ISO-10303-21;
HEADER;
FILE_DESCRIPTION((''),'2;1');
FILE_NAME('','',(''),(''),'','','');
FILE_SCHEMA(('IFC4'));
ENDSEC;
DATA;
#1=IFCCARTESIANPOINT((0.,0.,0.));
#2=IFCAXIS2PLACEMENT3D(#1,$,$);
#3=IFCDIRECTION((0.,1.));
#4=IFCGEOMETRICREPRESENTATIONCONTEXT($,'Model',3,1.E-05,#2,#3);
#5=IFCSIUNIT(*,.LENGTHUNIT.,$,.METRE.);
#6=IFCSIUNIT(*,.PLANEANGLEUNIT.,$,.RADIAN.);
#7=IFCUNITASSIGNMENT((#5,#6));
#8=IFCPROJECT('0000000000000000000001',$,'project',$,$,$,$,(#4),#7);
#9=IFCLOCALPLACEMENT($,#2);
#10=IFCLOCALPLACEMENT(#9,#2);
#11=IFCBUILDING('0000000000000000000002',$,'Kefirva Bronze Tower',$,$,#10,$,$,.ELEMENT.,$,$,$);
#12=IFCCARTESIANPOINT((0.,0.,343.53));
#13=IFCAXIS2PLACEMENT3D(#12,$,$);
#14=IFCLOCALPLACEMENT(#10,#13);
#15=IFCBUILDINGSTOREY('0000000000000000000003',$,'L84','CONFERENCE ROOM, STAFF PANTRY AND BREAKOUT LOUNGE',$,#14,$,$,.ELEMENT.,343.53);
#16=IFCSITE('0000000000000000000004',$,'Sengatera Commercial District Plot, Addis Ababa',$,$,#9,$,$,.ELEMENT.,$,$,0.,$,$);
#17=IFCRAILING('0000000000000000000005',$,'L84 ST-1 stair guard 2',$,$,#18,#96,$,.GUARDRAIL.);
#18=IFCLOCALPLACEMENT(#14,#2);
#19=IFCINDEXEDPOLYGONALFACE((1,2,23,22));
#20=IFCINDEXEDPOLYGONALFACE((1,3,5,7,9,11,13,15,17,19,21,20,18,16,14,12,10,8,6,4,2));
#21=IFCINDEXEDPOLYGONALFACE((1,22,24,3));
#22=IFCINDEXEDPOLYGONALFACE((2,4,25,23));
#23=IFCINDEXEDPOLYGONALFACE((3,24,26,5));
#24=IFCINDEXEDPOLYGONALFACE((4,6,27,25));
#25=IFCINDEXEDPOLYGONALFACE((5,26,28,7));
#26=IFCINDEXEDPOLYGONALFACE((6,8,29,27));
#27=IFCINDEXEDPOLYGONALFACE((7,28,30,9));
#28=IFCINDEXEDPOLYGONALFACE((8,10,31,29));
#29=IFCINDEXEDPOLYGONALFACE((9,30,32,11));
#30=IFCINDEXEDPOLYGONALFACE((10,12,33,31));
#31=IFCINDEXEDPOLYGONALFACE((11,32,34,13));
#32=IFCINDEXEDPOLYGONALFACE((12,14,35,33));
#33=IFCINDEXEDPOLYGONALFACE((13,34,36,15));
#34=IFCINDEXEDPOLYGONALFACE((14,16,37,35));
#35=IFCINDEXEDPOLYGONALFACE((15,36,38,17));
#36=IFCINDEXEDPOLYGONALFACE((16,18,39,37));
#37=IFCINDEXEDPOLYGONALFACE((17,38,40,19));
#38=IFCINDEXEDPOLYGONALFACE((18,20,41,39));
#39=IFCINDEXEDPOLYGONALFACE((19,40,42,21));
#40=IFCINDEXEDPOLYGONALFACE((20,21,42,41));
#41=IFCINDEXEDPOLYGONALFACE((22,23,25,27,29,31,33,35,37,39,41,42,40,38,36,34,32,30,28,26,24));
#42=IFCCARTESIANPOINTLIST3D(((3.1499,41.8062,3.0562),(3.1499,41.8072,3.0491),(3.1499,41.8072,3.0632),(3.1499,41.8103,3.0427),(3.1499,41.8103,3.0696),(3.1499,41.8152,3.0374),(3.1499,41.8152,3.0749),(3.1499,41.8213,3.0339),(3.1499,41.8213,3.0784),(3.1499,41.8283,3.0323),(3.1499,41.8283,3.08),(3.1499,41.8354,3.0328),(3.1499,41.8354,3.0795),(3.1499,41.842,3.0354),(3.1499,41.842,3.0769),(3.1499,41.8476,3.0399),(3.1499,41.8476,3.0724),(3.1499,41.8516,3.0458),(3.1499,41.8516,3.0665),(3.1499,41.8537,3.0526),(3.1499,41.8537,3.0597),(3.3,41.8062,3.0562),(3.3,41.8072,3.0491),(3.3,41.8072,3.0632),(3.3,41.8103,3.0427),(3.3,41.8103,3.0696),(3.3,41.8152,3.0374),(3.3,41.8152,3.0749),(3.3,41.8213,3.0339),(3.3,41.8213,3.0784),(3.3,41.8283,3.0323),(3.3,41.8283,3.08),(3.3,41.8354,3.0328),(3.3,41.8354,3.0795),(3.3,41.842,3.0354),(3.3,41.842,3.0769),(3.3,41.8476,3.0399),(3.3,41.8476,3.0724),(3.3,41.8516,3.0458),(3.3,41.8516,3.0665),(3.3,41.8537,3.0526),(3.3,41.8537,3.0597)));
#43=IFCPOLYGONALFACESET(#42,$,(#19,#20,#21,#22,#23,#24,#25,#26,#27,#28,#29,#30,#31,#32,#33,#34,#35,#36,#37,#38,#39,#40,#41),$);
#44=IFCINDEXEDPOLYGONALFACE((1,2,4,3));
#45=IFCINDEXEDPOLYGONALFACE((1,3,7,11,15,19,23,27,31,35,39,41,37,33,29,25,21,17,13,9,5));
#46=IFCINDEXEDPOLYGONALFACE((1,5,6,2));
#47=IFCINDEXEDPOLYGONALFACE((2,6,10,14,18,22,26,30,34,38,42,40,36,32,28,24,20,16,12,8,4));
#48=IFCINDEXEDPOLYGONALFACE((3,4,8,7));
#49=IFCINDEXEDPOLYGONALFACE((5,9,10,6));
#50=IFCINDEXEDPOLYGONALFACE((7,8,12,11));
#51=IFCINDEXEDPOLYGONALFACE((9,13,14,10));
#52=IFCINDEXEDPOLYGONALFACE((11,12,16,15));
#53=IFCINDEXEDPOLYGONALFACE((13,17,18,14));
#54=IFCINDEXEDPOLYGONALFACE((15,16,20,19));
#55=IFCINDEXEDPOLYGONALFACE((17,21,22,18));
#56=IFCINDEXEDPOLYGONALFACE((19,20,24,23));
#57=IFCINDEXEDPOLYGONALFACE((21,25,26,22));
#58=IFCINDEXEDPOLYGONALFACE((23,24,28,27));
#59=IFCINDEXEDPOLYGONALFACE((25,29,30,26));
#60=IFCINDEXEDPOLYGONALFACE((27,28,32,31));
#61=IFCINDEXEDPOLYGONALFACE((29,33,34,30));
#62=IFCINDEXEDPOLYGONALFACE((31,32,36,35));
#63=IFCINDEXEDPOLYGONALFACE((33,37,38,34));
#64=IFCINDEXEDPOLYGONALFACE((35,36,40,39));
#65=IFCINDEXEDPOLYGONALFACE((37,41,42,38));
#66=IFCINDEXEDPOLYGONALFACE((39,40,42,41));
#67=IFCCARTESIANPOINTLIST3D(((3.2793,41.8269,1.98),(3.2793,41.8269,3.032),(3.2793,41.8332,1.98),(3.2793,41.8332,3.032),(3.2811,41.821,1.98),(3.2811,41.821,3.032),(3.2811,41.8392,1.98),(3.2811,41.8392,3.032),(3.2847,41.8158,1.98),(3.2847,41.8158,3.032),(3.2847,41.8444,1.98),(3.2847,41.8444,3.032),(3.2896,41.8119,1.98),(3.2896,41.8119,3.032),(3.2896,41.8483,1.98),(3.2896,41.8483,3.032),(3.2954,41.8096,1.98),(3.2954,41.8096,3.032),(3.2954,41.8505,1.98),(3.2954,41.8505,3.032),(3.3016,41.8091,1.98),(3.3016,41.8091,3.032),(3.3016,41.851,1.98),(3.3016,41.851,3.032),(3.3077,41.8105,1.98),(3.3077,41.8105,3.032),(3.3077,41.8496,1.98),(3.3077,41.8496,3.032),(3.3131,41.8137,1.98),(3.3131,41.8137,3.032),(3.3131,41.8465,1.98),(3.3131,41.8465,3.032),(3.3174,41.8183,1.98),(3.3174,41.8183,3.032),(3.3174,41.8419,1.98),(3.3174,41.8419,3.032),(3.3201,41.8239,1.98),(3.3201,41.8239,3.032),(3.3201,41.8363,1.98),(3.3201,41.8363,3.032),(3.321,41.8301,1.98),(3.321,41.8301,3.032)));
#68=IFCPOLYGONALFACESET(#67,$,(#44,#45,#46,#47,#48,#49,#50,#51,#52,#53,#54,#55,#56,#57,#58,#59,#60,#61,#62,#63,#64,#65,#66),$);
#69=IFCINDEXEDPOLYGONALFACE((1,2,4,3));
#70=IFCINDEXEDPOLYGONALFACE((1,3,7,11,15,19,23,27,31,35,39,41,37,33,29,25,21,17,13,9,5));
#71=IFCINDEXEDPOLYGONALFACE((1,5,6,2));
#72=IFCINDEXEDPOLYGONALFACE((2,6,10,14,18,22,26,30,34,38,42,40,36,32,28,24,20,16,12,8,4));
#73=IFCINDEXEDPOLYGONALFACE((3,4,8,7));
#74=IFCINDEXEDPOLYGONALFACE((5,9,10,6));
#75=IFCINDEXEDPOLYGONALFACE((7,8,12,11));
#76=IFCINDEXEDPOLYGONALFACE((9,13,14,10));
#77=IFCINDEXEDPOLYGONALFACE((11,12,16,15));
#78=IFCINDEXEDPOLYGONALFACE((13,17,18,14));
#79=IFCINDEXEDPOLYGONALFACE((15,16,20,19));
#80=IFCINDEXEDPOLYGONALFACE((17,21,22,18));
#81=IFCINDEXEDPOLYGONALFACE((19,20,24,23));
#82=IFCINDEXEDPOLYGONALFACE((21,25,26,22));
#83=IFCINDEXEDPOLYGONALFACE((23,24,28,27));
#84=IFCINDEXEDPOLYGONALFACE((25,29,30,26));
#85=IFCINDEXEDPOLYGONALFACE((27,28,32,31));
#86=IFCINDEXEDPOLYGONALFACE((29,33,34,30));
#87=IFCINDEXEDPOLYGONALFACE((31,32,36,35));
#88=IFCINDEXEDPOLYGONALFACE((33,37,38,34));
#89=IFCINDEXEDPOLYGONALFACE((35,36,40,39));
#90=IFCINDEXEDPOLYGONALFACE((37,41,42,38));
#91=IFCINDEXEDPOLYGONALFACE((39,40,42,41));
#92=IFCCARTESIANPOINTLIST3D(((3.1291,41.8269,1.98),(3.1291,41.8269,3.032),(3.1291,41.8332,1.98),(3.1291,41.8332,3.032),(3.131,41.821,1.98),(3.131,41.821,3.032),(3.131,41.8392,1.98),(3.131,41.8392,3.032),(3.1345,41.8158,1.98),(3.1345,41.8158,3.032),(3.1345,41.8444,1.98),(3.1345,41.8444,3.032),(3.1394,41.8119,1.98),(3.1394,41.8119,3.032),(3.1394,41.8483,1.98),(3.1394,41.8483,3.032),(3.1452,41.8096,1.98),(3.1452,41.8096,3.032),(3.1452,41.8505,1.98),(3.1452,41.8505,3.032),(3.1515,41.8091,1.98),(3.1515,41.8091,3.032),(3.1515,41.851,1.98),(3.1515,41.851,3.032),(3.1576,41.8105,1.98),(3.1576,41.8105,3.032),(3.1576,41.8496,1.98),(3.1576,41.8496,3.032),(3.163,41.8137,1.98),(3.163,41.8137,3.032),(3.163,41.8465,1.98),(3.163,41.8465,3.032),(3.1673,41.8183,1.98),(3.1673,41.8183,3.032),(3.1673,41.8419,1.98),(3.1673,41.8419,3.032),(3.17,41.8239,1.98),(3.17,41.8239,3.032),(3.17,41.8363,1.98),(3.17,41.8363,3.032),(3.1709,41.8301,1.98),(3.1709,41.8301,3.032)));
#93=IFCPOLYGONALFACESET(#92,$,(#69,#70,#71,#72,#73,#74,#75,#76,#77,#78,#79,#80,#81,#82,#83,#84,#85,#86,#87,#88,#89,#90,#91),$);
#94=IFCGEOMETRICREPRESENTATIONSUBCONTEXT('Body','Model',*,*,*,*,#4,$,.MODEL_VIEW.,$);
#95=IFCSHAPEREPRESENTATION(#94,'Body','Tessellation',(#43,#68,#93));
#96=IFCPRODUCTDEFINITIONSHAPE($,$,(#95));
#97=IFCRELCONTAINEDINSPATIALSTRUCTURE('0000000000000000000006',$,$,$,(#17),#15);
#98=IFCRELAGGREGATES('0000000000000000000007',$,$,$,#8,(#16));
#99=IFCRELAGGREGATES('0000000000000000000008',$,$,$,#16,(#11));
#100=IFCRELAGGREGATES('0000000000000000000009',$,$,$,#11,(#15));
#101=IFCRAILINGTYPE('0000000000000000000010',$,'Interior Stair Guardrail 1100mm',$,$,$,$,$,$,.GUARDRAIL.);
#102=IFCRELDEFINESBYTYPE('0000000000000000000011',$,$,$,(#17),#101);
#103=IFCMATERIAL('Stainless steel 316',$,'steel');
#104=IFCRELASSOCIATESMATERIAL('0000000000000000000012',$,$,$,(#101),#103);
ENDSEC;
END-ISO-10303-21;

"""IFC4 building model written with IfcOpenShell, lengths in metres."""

from ifc_helpers import new_model, si_unit, direction, frame, origin, origin_2d, place, context, subcontext, project, spatial, circle, extrude, material, type_object, element, save


model = new_model("IFC4")

# Units and contexts
model_context = context("Model", 3, precision=1e-05, world=origin(), true_north=direction((0.0, 1.0)))
body_context = subcontext(model_context, "Body", "Model", "MODEL_VIEW")
ifc_project = project(units=[si_unit("LENGTHUNIT", "METRE"), si_unit("PLANEANGLEUNIT", "RADIAN")], contexts=[model_context])

# Site, building, storey
site_placement = place(None, origin())
site = spatial("IfcSite", under=ifc_project, at=site_placement, Name="Sengatera Commercial District Plot, Addis Ababa", CompositionType="ELEMENT", RefElevation=0.0)
building_placement = place(site_placement, origin())
building = spatial("IfcBuilding", under=site, at=building_placement, Name="Kefirva Bronze Tower", CompositionType="ELEMENT")
storey_placement = place(building_placement, frame((0.0, 0.0, 343.53)))
storey = spatial("IfcBuildingStorey", under=building, at=storey_placement, Name="L84", Description="CONFERENCE ROOM, STAFF PANTRY AND BREAKOUT LOUNGE", CompositionType="ELEMENT", Elevation=343.53)

# Railing
ifc_material_1 = material(Name="Stainless steel 316", Category="steel")
railing_type_1 = type_object("IfcRailingType", Name="Interior Stair Guardrail 1100mm", PredefinedType="GUARDRAIL", material=ifc_material_1)
railing_1_placement = place(storey_placement, frame((3.3, 41.8301, 1.98)))
element("IfcRailing", 1, at=railing_1_placement, inside=storey, type_object=railing_type_1, Name="L84 ST-1 stair guard 2", PredefinedType="GUARDRAIL", context=body_context, shape_type="SweptSolid", body=[
    extrude(circle(Radius=0.0239, at=origin_2d()), frame((0.0, 0.0, 1.0762), z_axis=(-1.0, 0.0, 0.0), x_axis=(0.0, -1.0, 0.0)), (0.0, 0.0, 1.0), 0.1501),
    extrude(circle(Radius=0.021, at=origin_2d()), origin(), (0.0, 0.0, 1.0), 1.052),
    extrude(circle(Radius=0.021, at=origin_2d()), frame((-0.1501, 0.0, 0.0)), (0.0, 0.0, 1.0), 1.052),
])

save(model, "model.ifc")
